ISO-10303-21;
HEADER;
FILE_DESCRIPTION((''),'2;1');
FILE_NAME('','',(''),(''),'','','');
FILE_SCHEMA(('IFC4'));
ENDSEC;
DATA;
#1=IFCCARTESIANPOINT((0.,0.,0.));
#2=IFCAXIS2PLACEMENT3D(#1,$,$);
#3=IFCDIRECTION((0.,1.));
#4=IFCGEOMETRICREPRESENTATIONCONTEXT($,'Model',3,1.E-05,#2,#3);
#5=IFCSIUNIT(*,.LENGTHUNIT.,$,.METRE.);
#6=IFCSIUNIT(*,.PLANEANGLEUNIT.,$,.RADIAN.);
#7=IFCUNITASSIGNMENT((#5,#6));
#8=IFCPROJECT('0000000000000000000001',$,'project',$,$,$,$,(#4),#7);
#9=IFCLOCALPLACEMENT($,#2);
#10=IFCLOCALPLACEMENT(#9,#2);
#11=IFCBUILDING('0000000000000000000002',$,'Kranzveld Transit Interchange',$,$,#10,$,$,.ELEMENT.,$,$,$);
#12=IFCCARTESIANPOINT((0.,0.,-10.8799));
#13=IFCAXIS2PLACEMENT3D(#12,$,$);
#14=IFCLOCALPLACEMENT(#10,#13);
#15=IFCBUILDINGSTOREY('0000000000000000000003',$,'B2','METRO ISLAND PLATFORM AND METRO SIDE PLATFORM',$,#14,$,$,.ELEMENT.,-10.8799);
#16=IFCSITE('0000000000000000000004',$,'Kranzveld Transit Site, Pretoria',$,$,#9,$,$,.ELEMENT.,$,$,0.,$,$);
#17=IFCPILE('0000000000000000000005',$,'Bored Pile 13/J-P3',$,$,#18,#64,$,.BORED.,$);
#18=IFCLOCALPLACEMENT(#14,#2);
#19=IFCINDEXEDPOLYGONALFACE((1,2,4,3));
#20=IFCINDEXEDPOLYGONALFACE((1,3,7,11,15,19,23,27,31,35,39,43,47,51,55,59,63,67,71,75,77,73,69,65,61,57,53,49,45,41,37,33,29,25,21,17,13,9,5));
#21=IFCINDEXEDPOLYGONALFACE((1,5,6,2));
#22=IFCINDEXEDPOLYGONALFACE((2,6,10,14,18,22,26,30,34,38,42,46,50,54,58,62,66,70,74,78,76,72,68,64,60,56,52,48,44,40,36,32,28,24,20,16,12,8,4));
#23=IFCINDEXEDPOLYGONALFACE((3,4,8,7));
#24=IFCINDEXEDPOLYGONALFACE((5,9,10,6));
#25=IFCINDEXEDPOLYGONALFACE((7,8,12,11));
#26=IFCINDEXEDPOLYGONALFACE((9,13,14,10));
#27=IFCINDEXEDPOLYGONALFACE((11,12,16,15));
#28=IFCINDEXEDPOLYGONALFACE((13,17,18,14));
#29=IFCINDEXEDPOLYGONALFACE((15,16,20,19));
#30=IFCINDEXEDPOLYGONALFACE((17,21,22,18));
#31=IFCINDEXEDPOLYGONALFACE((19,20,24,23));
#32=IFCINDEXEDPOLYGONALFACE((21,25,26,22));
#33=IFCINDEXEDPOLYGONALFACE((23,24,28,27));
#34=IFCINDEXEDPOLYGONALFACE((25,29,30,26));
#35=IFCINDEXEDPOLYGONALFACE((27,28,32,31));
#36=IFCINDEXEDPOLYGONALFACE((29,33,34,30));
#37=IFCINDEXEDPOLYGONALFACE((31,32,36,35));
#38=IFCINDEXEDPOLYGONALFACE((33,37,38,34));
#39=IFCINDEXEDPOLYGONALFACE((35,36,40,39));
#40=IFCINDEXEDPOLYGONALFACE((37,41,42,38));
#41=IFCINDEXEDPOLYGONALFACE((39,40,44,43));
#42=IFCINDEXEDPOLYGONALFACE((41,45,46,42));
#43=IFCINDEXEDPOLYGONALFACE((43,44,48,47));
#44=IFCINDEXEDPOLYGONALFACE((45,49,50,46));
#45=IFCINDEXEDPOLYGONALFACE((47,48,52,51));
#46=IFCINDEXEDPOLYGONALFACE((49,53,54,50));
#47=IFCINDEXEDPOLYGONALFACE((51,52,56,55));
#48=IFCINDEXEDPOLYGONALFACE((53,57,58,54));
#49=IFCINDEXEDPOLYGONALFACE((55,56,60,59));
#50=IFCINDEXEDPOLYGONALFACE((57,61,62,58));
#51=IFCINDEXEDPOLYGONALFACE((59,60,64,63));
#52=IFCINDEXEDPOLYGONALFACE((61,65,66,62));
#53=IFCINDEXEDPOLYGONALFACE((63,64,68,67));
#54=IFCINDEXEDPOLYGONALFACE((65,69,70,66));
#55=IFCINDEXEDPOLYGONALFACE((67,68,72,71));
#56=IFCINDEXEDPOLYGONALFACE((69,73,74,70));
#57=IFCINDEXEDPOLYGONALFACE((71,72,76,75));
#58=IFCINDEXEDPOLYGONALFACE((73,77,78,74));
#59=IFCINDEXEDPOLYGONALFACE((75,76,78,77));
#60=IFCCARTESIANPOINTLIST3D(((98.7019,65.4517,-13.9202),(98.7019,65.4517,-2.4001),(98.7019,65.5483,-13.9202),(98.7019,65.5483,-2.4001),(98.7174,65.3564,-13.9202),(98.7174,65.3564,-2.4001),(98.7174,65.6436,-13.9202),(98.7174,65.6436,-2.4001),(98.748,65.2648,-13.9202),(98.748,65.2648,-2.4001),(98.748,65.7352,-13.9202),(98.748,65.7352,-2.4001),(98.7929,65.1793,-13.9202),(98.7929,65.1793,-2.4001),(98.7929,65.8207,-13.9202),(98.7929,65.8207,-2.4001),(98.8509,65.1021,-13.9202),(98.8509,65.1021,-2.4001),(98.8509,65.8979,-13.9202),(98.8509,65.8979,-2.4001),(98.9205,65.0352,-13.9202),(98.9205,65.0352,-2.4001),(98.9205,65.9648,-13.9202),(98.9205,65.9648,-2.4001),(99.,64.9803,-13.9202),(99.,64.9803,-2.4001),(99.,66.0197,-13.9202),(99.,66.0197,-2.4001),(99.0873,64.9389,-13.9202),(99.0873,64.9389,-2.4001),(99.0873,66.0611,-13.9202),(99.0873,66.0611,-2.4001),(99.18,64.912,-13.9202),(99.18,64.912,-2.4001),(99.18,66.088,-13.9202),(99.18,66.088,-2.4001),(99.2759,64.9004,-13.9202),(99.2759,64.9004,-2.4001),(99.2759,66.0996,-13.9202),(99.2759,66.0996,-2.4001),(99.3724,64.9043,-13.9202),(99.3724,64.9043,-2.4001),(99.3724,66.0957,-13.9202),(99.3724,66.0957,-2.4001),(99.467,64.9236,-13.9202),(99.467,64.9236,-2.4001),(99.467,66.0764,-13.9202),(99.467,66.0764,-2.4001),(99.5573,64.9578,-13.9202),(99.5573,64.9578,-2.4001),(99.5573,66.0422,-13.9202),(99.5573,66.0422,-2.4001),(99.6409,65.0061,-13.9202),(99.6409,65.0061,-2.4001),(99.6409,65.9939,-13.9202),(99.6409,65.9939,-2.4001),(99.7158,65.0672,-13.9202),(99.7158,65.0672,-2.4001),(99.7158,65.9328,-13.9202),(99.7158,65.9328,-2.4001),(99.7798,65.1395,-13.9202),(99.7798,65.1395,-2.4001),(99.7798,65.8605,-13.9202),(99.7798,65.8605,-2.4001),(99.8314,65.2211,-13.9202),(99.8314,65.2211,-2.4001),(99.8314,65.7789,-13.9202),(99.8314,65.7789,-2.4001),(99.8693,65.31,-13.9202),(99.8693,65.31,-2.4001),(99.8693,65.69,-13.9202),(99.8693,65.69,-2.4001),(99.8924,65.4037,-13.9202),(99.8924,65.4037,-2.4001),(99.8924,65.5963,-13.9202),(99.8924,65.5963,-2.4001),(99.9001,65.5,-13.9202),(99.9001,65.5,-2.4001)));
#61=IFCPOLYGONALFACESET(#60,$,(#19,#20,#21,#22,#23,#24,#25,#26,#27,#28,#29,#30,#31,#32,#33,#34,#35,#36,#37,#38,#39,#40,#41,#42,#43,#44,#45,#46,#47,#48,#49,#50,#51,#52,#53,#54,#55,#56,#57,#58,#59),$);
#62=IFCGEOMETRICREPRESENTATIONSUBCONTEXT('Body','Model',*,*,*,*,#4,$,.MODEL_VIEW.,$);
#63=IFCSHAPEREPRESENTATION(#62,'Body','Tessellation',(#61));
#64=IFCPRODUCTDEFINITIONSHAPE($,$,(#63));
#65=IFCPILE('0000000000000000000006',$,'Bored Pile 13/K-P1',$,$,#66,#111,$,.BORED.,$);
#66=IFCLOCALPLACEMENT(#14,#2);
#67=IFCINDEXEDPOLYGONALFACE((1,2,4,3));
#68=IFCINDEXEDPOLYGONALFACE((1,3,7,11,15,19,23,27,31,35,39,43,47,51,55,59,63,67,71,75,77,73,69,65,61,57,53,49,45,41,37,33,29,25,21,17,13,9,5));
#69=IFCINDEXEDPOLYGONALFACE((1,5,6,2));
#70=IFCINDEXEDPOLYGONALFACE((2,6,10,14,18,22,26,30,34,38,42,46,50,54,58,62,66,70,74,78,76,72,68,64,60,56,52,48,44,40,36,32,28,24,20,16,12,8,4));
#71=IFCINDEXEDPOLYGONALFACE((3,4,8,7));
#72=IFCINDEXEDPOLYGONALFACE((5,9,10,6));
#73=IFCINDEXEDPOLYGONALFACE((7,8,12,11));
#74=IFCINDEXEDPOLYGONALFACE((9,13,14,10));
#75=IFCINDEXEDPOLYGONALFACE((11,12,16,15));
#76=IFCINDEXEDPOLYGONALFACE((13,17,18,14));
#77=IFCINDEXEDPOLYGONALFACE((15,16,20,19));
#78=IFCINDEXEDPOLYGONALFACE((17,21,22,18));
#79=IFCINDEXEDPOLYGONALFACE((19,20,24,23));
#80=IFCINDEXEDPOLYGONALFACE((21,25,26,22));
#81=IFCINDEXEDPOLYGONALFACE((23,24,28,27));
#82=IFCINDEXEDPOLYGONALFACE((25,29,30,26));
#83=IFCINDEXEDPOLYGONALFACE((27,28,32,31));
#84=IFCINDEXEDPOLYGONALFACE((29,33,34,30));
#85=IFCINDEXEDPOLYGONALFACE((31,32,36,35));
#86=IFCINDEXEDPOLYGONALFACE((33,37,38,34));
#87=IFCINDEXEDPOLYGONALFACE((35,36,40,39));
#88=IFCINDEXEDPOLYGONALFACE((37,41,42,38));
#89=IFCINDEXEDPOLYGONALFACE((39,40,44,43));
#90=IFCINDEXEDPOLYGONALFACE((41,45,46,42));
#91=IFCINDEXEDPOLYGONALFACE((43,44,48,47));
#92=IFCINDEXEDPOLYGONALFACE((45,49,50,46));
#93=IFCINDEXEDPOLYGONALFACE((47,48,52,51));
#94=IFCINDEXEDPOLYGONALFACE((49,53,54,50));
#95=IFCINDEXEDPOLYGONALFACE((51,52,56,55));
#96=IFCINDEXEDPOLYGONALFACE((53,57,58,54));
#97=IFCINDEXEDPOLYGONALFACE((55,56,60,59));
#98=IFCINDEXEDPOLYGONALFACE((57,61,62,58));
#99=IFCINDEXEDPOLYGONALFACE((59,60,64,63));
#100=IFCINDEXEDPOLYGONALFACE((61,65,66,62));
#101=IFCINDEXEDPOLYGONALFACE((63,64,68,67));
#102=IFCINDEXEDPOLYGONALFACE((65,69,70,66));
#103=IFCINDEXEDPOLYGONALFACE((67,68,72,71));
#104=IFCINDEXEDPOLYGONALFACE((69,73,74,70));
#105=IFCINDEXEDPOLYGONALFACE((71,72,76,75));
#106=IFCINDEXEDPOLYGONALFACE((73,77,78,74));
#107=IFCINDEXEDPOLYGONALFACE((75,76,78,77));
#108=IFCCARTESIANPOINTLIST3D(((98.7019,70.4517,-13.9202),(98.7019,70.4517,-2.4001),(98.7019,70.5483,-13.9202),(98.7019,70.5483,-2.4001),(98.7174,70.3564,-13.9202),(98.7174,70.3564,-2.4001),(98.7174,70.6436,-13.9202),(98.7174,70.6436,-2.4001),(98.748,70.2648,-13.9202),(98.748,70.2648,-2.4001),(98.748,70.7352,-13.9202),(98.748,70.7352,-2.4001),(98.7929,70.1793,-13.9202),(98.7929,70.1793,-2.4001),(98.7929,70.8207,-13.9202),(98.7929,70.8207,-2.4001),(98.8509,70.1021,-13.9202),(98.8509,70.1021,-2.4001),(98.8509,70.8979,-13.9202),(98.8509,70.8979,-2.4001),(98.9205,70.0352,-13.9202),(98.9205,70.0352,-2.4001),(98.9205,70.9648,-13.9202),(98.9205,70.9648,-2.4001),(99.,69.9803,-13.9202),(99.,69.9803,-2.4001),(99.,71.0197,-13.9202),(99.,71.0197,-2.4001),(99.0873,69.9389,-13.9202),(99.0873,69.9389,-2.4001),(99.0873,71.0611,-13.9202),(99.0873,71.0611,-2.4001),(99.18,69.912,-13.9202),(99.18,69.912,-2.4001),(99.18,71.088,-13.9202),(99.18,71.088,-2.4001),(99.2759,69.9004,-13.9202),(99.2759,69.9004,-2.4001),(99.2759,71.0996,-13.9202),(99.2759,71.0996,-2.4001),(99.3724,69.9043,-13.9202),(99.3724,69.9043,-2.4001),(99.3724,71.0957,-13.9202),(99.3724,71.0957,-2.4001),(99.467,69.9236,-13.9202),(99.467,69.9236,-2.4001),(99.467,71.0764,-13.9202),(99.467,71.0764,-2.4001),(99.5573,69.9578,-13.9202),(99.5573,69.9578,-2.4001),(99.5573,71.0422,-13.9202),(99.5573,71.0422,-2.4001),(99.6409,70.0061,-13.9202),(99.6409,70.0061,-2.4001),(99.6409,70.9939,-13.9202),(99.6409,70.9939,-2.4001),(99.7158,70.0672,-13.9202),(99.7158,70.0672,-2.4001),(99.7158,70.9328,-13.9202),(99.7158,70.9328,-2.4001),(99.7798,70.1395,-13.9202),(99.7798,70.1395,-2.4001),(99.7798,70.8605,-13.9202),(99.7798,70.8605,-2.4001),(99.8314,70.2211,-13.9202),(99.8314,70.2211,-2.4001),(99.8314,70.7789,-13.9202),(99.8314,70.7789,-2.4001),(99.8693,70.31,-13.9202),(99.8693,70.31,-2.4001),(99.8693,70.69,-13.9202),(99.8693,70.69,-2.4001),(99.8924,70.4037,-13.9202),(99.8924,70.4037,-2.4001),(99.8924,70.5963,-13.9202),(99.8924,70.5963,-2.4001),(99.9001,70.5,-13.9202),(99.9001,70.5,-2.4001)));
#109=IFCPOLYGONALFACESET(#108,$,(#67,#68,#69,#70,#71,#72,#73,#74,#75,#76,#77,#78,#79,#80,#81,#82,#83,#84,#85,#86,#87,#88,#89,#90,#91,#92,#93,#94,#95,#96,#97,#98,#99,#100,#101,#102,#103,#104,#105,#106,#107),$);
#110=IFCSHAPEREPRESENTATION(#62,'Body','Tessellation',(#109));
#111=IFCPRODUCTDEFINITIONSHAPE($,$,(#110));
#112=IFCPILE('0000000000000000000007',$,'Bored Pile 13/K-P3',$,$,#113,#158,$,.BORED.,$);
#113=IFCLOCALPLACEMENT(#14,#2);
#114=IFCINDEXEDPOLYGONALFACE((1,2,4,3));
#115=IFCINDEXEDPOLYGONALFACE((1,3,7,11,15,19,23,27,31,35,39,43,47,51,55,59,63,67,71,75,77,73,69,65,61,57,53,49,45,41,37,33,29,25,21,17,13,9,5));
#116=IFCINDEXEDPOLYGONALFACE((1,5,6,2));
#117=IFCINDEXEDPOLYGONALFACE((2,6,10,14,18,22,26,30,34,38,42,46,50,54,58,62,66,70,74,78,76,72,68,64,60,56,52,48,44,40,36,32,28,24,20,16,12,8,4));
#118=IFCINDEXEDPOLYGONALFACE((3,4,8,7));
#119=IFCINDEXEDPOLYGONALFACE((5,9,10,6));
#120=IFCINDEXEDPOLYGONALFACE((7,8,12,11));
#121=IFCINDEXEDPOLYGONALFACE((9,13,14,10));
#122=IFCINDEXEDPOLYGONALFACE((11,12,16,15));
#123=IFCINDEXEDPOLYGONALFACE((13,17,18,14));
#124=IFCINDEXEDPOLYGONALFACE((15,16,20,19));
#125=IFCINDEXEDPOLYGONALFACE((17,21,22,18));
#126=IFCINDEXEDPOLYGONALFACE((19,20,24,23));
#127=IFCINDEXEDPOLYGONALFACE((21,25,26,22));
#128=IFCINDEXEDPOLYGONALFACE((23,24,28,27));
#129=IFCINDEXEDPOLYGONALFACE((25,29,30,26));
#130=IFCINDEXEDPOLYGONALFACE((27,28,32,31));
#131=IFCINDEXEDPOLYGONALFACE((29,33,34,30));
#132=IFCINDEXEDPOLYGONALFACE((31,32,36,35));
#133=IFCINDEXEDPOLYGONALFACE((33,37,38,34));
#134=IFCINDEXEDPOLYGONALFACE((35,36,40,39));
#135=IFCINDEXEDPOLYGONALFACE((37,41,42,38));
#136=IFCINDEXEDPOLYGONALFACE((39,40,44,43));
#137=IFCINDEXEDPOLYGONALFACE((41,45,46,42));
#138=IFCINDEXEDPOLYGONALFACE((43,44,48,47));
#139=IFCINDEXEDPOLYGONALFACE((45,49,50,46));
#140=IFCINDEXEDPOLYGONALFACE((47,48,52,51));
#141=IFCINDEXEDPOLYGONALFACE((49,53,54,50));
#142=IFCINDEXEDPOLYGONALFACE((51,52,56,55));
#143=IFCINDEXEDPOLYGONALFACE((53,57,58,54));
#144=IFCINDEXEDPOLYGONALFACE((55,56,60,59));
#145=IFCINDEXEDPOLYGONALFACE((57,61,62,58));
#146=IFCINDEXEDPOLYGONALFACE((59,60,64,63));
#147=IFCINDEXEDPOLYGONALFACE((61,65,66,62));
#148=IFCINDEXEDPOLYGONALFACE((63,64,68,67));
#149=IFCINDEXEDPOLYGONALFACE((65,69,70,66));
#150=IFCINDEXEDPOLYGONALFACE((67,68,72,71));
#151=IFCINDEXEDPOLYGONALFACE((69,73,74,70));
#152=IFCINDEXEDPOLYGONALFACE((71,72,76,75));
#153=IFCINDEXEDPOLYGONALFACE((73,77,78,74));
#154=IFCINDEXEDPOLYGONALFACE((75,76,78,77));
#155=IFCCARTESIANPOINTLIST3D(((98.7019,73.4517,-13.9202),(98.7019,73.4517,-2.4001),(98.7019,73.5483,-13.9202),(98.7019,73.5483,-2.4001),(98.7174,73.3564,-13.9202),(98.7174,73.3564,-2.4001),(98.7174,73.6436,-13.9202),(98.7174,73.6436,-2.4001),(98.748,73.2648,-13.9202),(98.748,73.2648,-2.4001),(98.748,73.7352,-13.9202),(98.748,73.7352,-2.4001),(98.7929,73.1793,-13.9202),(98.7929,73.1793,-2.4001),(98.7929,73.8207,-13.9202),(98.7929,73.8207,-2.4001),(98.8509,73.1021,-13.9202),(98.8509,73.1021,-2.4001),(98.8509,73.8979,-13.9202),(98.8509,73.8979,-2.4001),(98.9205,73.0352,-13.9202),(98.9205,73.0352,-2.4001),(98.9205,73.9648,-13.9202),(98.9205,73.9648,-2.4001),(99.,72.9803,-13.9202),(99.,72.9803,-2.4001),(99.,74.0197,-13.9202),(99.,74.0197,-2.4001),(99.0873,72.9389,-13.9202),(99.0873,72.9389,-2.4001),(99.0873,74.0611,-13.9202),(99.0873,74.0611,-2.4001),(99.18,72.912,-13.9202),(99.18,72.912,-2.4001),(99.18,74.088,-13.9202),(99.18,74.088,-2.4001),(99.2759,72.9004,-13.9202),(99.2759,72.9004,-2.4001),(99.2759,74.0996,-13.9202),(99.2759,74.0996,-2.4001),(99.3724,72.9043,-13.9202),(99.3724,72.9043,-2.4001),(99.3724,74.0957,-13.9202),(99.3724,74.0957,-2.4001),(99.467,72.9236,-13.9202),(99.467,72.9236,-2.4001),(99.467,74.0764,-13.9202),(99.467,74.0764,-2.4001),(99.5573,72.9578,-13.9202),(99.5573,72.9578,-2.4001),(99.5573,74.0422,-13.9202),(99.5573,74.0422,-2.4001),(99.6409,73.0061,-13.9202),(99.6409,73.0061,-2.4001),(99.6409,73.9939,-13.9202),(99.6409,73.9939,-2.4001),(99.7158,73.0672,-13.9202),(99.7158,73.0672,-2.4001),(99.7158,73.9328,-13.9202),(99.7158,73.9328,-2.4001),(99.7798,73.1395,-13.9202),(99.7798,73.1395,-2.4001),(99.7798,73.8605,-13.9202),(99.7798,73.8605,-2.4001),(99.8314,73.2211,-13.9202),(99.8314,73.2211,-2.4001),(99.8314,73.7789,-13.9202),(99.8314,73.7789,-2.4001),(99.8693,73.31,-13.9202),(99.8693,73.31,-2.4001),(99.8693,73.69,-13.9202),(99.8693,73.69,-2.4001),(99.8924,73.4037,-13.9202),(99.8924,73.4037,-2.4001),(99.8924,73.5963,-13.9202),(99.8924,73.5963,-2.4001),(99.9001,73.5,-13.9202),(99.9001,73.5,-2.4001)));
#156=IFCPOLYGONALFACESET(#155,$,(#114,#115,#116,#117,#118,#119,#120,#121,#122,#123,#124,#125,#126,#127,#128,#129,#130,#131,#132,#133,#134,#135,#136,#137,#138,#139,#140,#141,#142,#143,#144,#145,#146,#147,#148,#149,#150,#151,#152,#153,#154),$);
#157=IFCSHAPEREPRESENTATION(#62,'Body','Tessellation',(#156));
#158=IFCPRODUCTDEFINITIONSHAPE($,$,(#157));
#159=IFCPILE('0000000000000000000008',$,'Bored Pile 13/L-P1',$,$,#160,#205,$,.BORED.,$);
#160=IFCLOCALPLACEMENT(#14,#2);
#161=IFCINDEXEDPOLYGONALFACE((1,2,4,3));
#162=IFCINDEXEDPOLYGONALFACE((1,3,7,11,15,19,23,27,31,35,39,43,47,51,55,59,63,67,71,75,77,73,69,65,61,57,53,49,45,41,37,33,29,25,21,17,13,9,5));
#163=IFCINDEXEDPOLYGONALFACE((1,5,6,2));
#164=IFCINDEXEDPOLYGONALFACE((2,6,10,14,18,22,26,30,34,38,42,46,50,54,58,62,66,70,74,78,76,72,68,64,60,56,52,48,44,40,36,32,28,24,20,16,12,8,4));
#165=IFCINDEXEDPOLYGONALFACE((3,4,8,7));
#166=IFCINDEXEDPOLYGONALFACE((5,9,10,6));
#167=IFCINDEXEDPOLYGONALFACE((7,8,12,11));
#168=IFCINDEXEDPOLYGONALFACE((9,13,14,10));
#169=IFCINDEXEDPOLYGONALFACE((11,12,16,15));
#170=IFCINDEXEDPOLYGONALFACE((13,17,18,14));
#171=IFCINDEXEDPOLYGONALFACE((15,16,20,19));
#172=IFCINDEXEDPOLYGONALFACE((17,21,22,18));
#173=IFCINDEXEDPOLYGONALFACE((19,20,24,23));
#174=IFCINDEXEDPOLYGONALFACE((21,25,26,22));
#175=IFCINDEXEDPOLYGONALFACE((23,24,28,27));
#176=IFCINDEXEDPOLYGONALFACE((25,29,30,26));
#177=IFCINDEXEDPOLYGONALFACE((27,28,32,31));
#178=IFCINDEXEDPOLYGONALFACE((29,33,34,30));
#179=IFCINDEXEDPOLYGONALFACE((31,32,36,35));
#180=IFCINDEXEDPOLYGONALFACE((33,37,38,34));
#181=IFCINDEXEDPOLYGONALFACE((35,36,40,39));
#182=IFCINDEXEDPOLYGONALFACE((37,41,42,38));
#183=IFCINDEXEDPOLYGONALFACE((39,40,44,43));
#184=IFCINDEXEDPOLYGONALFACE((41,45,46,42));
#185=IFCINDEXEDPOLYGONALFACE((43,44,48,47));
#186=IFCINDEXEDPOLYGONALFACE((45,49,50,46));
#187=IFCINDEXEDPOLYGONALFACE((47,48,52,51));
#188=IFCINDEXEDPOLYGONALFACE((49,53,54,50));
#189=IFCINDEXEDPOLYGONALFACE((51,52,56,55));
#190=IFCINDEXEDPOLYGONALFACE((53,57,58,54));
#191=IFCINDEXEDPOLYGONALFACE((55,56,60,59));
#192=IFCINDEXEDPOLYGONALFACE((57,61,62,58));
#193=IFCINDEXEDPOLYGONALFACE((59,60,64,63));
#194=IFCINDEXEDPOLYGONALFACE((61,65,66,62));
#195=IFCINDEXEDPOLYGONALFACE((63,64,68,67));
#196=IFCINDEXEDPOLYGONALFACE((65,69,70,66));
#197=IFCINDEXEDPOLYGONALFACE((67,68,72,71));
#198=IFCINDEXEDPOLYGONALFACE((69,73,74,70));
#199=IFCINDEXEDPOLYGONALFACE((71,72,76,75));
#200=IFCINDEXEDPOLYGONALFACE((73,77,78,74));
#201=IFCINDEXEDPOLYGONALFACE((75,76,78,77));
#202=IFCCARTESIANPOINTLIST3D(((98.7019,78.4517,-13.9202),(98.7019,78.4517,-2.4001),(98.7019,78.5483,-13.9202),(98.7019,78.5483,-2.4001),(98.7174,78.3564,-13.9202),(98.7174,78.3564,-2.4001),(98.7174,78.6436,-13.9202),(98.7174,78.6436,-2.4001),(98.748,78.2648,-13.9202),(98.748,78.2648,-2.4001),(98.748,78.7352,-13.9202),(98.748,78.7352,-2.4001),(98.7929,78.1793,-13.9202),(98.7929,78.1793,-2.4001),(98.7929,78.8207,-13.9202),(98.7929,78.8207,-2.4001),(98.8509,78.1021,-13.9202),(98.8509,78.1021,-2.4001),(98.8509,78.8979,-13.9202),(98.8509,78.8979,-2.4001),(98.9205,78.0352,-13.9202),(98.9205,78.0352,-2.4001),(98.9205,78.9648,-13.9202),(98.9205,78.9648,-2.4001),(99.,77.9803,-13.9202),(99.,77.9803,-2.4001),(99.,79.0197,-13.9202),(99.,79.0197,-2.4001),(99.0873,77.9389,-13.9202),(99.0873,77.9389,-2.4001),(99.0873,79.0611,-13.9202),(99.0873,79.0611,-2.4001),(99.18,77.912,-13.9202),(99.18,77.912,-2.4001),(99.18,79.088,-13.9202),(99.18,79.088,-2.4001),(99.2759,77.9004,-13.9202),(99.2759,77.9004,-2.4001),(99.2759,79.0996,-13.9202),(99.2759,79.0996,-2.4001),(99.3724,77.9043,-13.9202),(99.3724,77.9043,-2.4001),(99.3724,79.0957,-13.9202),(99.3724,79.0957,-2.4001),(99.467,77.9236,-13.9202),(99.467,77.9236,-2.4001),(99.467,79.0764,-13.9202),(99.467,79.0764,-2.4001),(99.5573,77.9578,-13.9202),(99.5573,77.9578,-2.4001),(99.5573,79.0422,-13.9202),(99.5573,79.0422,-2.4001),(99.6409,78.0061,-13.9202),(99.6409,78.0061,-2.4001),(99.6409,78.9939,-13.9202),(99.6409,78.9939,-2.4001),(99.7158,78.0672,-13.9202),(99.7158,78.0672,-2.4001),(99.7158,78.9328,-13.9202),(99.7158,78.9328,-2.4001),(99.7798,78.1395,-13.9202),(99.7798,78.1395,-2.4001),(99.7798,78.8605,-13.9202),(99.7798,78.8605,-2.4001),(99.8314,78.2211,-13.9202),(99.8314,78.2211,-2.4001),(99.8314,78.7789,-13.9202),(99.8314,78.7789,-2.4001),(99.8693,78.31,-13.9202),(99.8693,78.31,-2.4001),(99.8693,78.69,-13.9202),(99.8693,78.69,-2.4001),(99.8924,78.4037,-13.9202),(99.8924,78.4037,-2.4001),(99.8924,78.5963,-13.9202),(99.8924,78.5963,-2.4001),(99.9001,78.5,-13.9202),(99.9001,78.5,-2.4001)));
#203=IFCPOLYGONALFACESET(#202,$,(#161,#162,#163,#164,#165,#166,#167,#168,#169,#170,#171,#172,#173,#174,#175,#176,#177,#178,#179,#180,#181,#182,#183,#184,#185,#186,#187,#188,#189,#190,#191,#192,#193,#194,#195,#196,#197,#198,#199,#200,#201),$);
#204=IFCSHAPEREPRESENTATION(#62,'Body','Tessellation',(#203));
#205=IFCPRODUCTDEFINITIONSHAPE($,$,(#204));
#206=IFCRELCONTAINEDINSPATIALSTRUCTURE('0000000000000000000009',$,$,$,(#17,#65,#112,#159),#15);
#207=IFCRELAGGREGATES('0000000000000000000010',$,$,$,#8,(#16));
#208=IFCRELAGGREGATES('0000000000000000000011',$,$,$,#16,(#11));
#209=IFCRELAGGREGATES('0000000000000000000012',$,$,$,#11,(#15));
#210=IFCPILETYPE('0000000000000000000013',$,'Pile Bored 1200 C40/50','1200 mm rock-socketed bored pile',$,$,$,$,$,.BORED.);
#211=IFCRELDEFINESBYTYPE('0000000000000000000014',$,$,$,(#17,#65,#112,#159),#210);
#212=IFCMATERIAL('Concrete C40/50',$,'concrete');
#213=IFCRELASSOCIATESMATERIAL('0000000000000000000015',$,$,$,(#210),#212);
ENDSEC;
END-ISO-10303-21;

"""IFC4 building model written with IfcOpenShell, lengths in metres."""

from ifc_helpers import new_model, si_unit, direction, frame, origin, origin_2d, place, context, subcontext, project, spatial, circle, extrude, material, material_profile, profile_set, type_object, element, save


model = new_model("IFC4")

# Units and contexts
model_context = context("Model", 3, precision=1e-05, world=origin(), true_north=direction((0.0, 1.0)))
body_context = subcontext(model_context, "Body", "Model", "MODEL_VIEW")
ifc_project = project(units=[si_unit("LENGTHUNIT", "METRE"), si_unit("PLANEANGLEUNIT", "RADIAN")], contexts=[model_context])

# Site, building, storey
site_placement = place(None, origin())
site = spatial("IfcSite", under=ifc_project, at=site_placement, Name="Kranzveld Transit Site, Pretoria", CompositionType="ELEMENT", RefElevation=0.0)
building_placement = place(site_placement, origin())
building = spatial("IfcBuilding", under=site, at=building_placement, Name="Kranzveld Transit Interchange", CompositionType="ELEMENT")
storey_placement = place(building_placement, frame((0.0, 0.0, -10.8799)))
storey = spatial("IfcBuildingStorey", under=building, at=storey_placement, Name="B2", Description="METRO ISLAND PLATFORM AND METRO SIDE PLATFORM", CompositionType="ELEMENT", Elevation=-10.8799)

# Piles
ifc_material_1 = material(Name="Concrete C40/50", Category="concrete")
ifc_material_profile_1 = material_profile(ifc_material_1, circle(Radius=0.6001, at=origin_2d()), Name="BORED PILE 1200")
ifc_profile_set_1 = profile_set([ifc_material_profile_1], Name="Concrete C40/50")
pile_type_1 = type_object("IfcPileType", Name="Pile Bored 1200 C40/50", Description="1200 mm rock-socketed bored pile", PredefinedType="BORED", material=ifc_profile_set_1)
for number, where, z_axis, x_axis, name in (
    (1, (99.3, 65.5, -2.4001), (0.0, 0.0, -1.0), (1.0, 0.0, 0.0), "Bored Pile 13/J-P3"),
    (2, (99.3, 70.5, -2.4001), (0.0, 0.0, -1.0), (1.0, 0.0, 0.0), "Bored Pile 13/K-P1"),
    (3, (99.3, 73.5, -2.4001), (0.0, 0.0, -1.0), (1.0, 0.0, 0.0), "Bored Pile 13/K-P3"),
    (4, (99.3, 78.5, -2.4001), (0.0, 0.0, -1.0), (1.0, 0.0, 0.0), "Bored Pile 13/L-P1"),
):
    element("IfcPile", number, at=place(storey_placement, frame(where, z_axis=z_axis, x_axis=x_axis)), inside=storey, type_object=pile_type_1, Name=name, PredefinedType="BORED", context=body_context, shape_type="SweptSolid", body=[
        extrude(circle(Radius=0.6001, at=origin_2d()), origin(), (0.0, 0.0, 1.0), 11.52),
    ])

save(model, "model.ifc")
